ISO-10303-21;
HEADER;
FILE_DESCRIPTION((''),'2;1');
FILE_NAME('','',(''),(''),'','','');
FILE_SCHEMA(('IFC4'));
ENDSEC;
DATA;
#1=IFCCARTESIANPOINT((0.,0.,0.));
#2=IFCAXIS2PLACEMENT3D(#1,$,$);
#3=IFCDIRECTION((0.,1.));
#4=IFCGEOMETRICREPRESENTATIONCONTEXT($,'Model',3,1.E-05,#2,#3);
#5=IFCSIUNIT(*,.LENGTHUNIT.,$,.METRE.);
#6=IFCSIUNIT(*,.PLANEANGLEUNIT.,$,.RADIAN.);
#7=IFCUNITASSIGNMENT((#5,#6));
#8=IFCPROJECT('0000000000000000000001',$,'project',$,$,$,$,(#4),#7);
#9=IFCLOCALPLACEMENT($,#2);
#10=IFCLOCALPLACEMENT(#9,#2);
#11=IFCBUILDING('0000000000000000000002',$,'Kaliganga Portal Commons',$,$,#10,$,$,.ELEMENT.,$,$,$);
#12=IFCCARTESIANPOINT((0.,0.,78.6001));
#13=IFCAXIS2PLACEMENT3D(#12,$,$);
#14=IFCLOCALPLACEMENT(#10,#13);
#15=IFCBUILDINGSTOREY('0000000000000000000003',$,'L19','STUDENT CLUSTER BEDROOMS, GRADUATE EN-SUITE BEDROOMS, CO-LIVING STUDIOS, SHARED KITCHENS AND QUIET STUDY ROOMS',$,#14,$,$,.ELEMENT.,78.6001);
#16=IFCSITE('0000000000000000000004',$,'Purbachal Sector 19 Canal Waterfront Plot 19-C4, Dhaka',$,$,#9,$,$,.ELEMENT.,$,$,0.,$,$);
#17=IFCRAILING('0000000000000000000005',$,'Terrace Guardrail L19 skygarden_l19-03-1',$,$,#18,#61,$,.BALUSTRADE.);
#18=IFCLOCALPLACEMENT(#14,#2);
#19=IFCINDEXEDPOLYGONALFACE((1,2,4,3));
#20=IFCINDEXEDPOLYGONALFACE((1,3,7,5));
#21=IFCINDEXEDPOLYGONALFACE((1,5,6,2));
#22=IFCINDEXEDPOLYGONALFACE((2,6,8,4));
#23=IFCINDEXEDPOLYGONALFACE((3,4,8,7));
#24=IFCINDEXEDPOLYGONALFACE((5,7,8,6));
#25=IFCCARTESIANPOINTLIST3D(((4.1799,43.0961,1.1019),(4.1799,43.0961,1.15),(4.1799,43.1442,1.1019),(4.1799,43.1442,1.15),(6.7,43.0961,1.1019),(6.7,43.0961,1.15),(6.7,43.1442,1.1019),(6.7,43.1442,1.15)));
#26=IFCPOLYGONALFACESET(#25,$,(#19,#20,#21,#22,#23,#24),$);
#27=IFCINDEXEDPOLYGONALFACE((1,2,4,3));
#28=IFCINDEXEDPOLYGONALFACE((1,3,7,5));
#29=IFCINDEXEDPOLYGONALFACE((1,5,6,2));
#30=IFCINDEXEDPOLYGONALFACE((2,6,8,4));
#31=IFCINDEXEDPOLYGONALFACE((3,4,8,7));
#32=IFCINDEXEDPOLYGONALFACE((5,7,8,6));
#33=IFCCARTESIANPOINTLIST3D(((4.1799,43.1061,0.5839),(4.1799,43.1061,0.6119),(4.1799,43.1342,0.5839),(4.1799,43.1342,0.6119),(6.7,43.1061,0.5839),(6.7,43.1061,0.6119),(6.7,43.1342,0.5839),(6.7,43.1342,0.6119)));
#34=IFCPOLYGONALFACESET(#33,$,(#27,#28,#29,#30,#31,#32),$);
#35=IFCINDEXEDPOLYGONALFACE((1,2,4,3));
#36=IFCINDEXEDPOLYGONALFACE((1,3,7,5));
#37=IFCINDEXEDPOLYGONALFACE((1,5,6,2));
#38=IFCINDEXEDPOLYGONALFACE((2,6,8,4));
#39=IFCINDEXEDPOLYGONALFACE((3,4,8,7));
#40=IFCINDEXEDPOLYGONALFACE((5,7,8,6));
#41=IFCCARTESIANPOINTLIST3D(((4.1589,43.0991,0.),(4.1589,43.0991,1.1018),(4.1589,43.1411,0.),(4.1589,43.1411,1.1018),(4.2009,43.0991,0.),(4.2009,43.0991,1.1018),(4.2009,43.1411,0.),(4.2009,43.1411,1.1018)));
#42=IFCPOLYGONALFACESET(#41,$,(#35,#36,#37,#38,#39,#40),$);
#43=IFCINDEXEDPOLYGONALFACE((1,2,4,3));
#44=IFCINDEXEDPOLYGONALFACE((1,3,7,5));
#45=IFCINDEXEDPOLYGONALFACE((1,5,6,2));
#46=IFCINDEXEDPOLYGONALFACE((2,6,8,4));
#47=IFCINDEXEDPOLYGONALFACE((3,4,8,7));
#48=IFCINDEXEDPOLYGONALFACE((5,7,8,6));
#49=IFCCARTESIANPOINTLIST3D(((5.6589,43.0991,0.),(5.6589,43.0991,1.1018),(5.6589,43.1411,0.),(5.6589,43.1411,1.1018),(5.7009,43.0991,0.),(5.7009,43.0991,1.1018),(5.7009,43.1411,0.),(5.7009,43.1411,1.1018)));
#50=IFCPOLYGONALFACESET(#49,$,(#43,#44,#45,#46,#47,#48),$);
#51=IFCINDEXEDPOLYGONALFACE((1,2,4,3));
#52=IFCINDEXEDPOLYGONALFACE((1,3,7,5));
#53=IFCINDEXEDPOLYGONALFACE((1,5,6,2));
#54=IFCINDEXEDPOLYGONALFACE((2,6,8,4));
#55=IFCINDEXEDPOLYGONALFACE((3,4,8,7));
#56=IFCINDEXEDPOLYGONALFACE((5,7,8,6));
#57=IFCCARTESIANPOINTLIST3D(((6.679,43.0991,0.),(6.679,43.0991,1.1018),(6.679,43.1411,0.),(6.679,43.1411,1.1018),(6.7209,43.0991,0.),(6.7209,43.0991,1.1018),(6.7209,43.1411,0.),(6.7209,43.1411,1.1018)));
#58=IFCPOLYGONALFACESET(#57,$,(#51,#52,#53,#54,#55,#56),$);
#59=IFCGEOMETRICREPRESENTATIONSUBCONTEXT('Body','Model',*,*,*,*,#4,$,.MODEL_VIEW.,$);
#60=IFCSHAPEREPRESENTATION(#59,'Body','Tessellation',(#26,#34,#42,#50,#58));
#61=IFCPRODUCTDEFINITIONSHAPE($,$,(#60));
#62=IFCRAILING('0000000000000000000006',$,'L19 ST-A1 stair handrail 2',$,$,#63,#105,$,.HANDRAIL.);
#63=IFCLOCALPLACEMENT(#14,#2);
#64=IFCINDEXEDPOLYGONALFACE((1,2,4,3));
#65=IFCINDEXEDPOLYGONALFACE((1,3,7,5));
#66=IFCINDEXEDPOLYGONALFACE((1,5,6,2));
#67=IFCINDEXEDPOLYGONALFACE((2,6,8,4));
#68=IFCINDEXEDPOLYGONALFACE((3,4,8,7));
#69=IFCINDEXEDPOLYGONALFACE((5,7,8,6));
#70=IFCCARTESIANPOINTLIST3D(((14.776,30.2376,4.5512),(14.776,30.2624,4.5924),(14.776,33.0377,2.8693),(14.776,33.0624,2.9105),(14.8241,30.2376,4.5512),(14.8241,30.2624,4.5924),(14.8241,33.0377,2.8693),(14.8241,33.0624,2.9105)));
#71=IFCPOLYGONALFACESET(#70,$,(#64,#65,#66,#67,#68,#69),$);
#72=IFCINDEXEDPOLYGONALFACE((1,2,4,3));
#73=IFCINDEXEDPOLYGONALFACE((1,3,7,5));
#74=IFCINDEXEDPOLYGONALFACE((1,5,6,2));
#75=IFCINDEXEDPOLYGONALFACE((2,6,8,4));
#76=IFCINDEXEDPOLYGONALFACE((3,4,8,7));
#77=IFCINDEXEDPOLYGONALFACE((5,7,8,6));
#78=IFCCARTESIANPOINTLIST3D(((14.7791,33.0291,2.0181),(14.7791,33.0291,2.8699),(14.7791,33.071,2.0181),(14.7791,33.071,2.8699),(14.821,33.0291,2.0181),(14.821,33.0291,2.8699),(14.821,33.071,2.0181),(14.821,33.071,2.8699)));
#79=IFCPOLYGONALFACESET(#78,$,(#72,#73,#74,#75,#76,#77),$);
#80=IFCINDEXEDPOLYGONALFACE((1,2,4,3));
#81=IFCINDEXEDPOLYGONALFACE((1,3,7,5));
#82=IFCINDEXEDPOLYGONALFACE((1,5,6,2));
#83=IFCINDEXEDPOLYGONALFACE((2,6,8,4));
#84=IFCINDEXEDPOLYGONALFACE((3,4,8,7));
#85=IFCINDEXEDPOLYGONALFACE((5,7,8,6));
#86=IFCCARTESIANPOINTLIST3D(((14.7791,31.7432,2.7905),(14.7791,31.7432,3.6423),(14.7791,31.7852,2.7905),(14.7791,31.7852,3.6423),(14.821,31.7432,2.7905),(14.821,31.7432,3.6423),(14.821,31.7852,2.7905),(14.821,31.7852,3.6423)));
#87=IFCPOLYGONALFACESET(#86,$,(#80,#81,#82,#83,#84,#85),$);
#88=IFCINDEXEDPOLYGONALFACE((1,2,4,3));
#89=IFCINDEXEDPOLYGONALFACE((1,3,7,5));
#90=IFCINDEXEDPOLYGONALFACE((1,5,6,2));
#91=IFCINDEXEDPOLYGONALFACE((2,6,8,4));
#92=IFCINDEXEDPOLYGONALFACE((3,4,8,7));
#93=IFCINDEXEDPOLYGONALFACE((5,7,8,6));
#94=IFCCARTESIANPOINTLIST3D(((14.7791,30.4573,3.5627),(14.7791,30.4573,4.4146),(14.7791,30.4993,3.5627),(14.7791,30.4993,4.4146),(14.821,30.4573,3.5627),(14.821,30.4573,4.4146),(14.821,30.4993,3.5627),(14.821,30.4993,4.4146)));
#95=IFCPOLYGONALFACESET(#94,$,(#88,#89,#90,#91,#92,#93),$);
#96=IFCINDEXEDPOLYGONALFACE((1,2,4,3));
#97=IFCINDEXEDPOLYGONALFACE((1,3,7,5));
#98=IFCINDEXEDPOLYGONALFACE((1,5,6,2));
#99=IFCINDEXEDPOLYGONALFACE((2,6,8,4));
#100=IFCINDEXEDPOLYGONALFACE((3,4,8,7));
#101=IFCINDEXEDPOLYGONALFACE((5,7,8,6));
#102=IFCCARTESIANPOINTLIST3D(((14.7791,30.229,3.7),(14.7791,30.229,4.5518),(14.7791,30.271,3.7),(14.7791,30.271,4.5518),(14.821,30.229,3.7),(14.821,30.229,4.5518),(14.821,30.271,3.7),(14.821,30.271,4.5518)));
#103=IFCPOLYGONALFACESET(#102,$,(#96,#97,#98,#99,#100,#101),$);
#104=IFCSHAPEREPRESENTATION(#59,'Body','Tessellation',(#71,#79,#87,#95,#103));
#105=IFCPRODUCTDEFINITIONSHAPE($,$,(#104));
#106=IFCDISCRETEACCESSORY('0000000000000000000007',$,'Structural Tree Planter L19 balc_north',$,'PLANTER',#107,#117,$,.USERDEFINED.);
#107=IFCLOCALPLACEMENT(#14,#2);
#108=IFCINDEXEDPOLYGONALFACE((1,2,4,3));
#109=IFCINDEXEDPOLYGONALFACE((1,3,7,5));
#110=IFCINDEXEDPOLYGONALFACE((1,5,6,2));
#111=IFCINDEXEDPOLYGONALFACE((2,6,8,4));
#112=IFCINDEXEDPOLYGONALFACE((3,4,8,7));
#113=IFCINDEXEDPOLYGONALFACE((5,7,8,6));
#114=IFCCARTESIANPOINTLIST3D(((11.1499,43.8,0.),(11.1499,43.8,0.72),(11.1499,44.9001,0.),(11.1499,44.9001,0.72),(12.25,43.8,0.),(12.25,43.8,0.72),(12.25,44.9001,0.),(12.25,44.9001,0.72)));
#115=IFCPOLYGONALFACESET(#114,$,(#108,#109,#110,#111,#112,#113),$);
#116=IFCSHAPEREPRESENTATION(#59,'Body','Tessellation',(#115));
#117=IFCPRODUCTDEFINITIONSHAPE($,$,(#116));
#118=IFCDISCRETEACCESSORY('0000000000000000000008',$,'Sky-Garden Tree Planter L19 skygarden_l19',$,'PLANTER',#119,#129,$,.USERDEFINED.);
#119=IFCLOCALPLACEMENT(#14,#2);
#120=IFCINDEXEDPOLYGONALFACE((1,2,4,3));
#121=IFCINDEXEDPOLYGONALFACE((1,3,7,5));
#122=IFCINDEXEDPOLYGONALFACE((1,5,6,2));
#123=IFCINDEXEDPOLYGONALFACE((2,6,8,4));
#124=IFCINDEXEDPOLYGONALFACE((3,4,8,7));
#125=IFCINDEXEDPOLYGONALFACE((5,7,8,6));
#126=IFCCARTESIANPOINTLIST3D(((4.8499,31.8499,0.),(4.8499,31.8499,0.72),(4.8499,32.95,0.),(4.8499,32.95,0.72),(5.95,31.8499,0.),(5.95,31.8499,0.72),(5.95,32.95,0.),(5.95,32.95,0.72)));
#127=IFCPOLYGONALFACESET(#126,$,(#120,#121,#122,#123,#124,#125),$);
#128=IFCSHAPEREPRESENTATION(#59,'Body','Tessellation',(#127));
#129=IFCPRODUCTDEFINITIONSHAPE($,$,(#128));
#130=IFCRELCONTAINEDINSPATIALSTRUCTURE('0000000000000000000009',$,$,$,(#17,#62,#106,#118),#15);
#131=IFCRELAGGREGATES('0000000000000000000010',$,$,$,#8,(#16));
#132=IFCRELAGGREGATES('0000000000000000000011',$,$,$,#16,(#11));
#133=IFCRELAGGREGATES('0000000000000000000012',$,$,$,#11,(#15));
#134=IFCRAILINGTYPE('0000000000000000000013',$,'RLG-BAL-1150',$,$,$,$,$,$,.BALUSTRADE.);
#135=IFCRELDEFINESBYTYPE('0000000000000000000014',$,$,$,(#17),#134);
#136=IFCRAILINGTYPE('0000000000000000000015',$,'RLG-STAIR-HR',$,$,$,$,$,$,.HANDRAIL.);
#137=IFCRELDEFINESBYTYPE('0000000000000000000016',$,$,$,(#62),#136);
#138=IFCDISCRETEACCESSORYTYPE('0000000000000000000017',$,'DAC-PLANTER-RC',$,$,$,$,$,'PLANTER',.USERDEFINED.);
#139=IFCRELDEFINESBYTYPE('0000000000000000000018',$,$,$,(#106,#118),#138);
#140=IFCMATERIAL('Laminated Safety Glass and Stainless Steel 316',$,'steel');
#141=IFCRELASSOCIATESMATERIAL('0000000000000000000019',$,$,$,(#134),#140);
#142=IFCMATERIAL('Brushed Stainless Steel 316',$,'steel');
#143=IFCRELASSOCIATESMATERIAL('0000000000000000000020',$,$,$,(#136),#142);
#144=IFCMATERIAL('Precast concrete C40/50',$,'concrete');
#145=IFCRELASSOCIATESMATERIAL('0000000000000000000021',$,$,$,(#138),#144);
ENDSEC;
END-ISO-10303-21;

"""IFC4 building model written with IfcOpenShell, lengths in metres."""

from ifc_helpers import new_model, si_unit, direction, frame, origin, origin_2d, place, context, subcontext, project, spatial, rectangle, extrude, source, transform, mapped, material, type_object, element, save


model = new_model("IFC4")

# Units and contexts
model_context = context("Model", 3, precision=1e-05, world=origin(), true_north=direction((0.0, 1.0)))
body_context = subcontext(model_context, "Body", "Model", "MODEL_VIEW")
ifc_project = project(units=[si_unit("LENGTHUNIT", "METRE"), si_unit("PLANEANGLEUNIT", "RADIAN")], contexts=[model_context])

# Site, building, storey
site_placement = place(None, origin())
site = spatial("IfcSite", under=ifc_project, at=site_placement, Name="Purbachal Sector 19 Canal Waterfront Plot 19-C4, Dhaka", CompositionType="ELEMENT", RefElevation=0.0)
building_placement = place(site_placement, origin())
building = spatial("IfcBuilding", under=site, at=building_placement, Name="Kaliganga Portal Commons", CompositionType="ELEMENT")
storey_placement = place(building_placement, frame((0.0, 0.0, 78.6001)))
storey = spatial("IfcBuildingStorey", under=building, at=storey_placement, Name="L19", Description="STUDENT CLUSTER BEDROOMS, GRADUATE EN-SUITE BEDROOMS, CO-LIVING STUDIOS, SHARED KITCHENS AND QUIET STUDY ROOMS", CompositionType="ELEMENT", Elevation=78.6001)

# Railings
ifc_material_1 = material(Name="Laminated Safety Glass and Stainless Steel 316", Category="steel")
railing_type_1 = type_object("IfcRailingType", Name="RLG-BAL-1150", PredefinedType="BALUSTRADE", material=ifc_material_1)
railing_1_placement = place(storey_placement, frame((4.1799, 43.1201, 0.0)))
element("IfcRailing", 1, at=railing_1_placement, inside=storey, type_object=railing_type_1, Name="Terrace Guardrail L19 skygarden_l19-03-1", PredefinedType="BALUSTRADE", context=body_context, shape_type="SweptSolid", body=[
    extrude(rectangle(XDim=0.0481, YDim=0.0481, at=origin_2d()), frame((0.0, 0.0, 1.126), z_axis=(1.0, 0.0, 0.0), x_axis=(0.0, 1.0, 0.0)), (0.0, 0.0, 1.0), 2.52),
    extrude(rectangle(XDim=0.0281, YDim=0.0281, at=origin_2d()), frame((0.0, 0.0, 0.5979), z_axis=(1.0, 0.0, 0.0), x_axis=(0.0, 1.0, 0.0)), (0.0, 0.0, 1.0), 2.52),
    extrude(rectangle(XDim=0.042, YDim=0.042, at=origin_2d()), origin(), (0.0, 0.0, 1.0), 1.1018),
    extrude(rectangle(XDim=0.042, YDim=0.042, at=origin_2d()), frame((1.5, 0.0, 0.0)), (0.0, 0.0, 1.0), 1.1018),
    extrude(rectangle(XDim=0.042, YDim=0.042, at=origin_2d()), frame((2.52, 0.0, 0.0)), (0.0, 0.0, 1.0), 1.1018),
])
ifc_material_2 = material(Name="Brushed Stainless Steel 316", Category="steel")
railing_type_2 = type_object("IfcRailingType", Name="RLG-STAIR-HR", PredefinedType="HANDRAIL", material=ifc_material_2)
railing_2_placement = place(storey_placement, frame((14.8, 33.05, 2.0181)))
element("IfcRailing", 2, at=railing_2_placement, inside=storey, type_object=railing_type_2, Name="L19 ST-A1 stair handrail 2", PredefinedType="HANDRAIL", context=body_context, shape_type="SweptSolid", body=[
    extrude(rectangle(XDim=0.0481, YDim=0.0481, at=origin_2d()), frame((0.0, 0.0, 0.8718), z_axis=(0.0, -0.857242, 0.514913), x_axis=(1.0, 0.0, 0.0)), (0.0, 0.0, 1.0), 3.2664),
    extrude(rectangle(XDim=0.042, YDim=0.042, at=origin_2d()), origin(), (0.0, 0.0, 1.0), 0.8518),
    extrude(rectangle(XDim=0.042, YDim=0.042, at=origin_2d()), frame((0.0, -1.2859, 0.7725)), (0.0, 0.0, 1.0), 0.8518),
    extrude(rectangle(XDim=0.042, YDim=0.042, at=origin_2d()), frame((0.0, -2.5718, 1.5447)), (0.0, 0.0, 1.0), 0.8518),
    extrude(rectangle(XDim=0.042, YDim=0.042, at=origin_2d()), frame((0.0, -2.8, 1.6819)), (0.0, 0.0, 1.0), 0.8518),
])

# Discrete accessories
ifc_material_3 = material(Name="Precast concrete C40/50", Category="concrete")
discrete_accessory_type = type_object("IfcDiscreteAccessoryType", Name="DAC-PLANTER-RC", ElementType="PLANTER", PredefinedType="USERDEFINED", material=ifc_material_3)
shared_shape_1 = source(origin(), body_context, "Body", "SweptSolid", [
    extrude(rectangle(XDim=1.1001, YDim=1.1001, at=origin_2d()), origin(), (0.0, 0.0, 1.0), 0.72),
])
for number, where, z_axis, x_axis, name in (
    (3, (11.7, 44.3501, 0.0), (0.0, 0.0, 1.0), (1.0, 0.0, 0.0), "Structural Tree Planter L19 balc_north"),
    (4, (5.3999, 32.3999, 0.0), (0.0, 0.0, 1.0), (1.0, 0.0, 0.0), "Sky-Garden Tree Planter L19 skygarden_l19"),
):
    element("IfcDiscreteAccessory", number, at=place(storey_placement, frame(where, z_axis=z_axis, x_axis=x_axis)), inside=storey, type_object=discrete_accessory_type, Name=name, ObjectType="PLANTER", PredefinedType="USERDEFINED", context=body_context, shape_type="MappedRepresentation", body=[
        mapped(shared_shape_1, transform((0.0, 0.0, 0.0), x_axis=(1.0, 0.0, 0.0), y_axis=(0.0, 1.0, 0.0), z_axis=(0.0, 0.0, 1.0), scale=1.0)),
    ])

save(model, "model.ifc")
